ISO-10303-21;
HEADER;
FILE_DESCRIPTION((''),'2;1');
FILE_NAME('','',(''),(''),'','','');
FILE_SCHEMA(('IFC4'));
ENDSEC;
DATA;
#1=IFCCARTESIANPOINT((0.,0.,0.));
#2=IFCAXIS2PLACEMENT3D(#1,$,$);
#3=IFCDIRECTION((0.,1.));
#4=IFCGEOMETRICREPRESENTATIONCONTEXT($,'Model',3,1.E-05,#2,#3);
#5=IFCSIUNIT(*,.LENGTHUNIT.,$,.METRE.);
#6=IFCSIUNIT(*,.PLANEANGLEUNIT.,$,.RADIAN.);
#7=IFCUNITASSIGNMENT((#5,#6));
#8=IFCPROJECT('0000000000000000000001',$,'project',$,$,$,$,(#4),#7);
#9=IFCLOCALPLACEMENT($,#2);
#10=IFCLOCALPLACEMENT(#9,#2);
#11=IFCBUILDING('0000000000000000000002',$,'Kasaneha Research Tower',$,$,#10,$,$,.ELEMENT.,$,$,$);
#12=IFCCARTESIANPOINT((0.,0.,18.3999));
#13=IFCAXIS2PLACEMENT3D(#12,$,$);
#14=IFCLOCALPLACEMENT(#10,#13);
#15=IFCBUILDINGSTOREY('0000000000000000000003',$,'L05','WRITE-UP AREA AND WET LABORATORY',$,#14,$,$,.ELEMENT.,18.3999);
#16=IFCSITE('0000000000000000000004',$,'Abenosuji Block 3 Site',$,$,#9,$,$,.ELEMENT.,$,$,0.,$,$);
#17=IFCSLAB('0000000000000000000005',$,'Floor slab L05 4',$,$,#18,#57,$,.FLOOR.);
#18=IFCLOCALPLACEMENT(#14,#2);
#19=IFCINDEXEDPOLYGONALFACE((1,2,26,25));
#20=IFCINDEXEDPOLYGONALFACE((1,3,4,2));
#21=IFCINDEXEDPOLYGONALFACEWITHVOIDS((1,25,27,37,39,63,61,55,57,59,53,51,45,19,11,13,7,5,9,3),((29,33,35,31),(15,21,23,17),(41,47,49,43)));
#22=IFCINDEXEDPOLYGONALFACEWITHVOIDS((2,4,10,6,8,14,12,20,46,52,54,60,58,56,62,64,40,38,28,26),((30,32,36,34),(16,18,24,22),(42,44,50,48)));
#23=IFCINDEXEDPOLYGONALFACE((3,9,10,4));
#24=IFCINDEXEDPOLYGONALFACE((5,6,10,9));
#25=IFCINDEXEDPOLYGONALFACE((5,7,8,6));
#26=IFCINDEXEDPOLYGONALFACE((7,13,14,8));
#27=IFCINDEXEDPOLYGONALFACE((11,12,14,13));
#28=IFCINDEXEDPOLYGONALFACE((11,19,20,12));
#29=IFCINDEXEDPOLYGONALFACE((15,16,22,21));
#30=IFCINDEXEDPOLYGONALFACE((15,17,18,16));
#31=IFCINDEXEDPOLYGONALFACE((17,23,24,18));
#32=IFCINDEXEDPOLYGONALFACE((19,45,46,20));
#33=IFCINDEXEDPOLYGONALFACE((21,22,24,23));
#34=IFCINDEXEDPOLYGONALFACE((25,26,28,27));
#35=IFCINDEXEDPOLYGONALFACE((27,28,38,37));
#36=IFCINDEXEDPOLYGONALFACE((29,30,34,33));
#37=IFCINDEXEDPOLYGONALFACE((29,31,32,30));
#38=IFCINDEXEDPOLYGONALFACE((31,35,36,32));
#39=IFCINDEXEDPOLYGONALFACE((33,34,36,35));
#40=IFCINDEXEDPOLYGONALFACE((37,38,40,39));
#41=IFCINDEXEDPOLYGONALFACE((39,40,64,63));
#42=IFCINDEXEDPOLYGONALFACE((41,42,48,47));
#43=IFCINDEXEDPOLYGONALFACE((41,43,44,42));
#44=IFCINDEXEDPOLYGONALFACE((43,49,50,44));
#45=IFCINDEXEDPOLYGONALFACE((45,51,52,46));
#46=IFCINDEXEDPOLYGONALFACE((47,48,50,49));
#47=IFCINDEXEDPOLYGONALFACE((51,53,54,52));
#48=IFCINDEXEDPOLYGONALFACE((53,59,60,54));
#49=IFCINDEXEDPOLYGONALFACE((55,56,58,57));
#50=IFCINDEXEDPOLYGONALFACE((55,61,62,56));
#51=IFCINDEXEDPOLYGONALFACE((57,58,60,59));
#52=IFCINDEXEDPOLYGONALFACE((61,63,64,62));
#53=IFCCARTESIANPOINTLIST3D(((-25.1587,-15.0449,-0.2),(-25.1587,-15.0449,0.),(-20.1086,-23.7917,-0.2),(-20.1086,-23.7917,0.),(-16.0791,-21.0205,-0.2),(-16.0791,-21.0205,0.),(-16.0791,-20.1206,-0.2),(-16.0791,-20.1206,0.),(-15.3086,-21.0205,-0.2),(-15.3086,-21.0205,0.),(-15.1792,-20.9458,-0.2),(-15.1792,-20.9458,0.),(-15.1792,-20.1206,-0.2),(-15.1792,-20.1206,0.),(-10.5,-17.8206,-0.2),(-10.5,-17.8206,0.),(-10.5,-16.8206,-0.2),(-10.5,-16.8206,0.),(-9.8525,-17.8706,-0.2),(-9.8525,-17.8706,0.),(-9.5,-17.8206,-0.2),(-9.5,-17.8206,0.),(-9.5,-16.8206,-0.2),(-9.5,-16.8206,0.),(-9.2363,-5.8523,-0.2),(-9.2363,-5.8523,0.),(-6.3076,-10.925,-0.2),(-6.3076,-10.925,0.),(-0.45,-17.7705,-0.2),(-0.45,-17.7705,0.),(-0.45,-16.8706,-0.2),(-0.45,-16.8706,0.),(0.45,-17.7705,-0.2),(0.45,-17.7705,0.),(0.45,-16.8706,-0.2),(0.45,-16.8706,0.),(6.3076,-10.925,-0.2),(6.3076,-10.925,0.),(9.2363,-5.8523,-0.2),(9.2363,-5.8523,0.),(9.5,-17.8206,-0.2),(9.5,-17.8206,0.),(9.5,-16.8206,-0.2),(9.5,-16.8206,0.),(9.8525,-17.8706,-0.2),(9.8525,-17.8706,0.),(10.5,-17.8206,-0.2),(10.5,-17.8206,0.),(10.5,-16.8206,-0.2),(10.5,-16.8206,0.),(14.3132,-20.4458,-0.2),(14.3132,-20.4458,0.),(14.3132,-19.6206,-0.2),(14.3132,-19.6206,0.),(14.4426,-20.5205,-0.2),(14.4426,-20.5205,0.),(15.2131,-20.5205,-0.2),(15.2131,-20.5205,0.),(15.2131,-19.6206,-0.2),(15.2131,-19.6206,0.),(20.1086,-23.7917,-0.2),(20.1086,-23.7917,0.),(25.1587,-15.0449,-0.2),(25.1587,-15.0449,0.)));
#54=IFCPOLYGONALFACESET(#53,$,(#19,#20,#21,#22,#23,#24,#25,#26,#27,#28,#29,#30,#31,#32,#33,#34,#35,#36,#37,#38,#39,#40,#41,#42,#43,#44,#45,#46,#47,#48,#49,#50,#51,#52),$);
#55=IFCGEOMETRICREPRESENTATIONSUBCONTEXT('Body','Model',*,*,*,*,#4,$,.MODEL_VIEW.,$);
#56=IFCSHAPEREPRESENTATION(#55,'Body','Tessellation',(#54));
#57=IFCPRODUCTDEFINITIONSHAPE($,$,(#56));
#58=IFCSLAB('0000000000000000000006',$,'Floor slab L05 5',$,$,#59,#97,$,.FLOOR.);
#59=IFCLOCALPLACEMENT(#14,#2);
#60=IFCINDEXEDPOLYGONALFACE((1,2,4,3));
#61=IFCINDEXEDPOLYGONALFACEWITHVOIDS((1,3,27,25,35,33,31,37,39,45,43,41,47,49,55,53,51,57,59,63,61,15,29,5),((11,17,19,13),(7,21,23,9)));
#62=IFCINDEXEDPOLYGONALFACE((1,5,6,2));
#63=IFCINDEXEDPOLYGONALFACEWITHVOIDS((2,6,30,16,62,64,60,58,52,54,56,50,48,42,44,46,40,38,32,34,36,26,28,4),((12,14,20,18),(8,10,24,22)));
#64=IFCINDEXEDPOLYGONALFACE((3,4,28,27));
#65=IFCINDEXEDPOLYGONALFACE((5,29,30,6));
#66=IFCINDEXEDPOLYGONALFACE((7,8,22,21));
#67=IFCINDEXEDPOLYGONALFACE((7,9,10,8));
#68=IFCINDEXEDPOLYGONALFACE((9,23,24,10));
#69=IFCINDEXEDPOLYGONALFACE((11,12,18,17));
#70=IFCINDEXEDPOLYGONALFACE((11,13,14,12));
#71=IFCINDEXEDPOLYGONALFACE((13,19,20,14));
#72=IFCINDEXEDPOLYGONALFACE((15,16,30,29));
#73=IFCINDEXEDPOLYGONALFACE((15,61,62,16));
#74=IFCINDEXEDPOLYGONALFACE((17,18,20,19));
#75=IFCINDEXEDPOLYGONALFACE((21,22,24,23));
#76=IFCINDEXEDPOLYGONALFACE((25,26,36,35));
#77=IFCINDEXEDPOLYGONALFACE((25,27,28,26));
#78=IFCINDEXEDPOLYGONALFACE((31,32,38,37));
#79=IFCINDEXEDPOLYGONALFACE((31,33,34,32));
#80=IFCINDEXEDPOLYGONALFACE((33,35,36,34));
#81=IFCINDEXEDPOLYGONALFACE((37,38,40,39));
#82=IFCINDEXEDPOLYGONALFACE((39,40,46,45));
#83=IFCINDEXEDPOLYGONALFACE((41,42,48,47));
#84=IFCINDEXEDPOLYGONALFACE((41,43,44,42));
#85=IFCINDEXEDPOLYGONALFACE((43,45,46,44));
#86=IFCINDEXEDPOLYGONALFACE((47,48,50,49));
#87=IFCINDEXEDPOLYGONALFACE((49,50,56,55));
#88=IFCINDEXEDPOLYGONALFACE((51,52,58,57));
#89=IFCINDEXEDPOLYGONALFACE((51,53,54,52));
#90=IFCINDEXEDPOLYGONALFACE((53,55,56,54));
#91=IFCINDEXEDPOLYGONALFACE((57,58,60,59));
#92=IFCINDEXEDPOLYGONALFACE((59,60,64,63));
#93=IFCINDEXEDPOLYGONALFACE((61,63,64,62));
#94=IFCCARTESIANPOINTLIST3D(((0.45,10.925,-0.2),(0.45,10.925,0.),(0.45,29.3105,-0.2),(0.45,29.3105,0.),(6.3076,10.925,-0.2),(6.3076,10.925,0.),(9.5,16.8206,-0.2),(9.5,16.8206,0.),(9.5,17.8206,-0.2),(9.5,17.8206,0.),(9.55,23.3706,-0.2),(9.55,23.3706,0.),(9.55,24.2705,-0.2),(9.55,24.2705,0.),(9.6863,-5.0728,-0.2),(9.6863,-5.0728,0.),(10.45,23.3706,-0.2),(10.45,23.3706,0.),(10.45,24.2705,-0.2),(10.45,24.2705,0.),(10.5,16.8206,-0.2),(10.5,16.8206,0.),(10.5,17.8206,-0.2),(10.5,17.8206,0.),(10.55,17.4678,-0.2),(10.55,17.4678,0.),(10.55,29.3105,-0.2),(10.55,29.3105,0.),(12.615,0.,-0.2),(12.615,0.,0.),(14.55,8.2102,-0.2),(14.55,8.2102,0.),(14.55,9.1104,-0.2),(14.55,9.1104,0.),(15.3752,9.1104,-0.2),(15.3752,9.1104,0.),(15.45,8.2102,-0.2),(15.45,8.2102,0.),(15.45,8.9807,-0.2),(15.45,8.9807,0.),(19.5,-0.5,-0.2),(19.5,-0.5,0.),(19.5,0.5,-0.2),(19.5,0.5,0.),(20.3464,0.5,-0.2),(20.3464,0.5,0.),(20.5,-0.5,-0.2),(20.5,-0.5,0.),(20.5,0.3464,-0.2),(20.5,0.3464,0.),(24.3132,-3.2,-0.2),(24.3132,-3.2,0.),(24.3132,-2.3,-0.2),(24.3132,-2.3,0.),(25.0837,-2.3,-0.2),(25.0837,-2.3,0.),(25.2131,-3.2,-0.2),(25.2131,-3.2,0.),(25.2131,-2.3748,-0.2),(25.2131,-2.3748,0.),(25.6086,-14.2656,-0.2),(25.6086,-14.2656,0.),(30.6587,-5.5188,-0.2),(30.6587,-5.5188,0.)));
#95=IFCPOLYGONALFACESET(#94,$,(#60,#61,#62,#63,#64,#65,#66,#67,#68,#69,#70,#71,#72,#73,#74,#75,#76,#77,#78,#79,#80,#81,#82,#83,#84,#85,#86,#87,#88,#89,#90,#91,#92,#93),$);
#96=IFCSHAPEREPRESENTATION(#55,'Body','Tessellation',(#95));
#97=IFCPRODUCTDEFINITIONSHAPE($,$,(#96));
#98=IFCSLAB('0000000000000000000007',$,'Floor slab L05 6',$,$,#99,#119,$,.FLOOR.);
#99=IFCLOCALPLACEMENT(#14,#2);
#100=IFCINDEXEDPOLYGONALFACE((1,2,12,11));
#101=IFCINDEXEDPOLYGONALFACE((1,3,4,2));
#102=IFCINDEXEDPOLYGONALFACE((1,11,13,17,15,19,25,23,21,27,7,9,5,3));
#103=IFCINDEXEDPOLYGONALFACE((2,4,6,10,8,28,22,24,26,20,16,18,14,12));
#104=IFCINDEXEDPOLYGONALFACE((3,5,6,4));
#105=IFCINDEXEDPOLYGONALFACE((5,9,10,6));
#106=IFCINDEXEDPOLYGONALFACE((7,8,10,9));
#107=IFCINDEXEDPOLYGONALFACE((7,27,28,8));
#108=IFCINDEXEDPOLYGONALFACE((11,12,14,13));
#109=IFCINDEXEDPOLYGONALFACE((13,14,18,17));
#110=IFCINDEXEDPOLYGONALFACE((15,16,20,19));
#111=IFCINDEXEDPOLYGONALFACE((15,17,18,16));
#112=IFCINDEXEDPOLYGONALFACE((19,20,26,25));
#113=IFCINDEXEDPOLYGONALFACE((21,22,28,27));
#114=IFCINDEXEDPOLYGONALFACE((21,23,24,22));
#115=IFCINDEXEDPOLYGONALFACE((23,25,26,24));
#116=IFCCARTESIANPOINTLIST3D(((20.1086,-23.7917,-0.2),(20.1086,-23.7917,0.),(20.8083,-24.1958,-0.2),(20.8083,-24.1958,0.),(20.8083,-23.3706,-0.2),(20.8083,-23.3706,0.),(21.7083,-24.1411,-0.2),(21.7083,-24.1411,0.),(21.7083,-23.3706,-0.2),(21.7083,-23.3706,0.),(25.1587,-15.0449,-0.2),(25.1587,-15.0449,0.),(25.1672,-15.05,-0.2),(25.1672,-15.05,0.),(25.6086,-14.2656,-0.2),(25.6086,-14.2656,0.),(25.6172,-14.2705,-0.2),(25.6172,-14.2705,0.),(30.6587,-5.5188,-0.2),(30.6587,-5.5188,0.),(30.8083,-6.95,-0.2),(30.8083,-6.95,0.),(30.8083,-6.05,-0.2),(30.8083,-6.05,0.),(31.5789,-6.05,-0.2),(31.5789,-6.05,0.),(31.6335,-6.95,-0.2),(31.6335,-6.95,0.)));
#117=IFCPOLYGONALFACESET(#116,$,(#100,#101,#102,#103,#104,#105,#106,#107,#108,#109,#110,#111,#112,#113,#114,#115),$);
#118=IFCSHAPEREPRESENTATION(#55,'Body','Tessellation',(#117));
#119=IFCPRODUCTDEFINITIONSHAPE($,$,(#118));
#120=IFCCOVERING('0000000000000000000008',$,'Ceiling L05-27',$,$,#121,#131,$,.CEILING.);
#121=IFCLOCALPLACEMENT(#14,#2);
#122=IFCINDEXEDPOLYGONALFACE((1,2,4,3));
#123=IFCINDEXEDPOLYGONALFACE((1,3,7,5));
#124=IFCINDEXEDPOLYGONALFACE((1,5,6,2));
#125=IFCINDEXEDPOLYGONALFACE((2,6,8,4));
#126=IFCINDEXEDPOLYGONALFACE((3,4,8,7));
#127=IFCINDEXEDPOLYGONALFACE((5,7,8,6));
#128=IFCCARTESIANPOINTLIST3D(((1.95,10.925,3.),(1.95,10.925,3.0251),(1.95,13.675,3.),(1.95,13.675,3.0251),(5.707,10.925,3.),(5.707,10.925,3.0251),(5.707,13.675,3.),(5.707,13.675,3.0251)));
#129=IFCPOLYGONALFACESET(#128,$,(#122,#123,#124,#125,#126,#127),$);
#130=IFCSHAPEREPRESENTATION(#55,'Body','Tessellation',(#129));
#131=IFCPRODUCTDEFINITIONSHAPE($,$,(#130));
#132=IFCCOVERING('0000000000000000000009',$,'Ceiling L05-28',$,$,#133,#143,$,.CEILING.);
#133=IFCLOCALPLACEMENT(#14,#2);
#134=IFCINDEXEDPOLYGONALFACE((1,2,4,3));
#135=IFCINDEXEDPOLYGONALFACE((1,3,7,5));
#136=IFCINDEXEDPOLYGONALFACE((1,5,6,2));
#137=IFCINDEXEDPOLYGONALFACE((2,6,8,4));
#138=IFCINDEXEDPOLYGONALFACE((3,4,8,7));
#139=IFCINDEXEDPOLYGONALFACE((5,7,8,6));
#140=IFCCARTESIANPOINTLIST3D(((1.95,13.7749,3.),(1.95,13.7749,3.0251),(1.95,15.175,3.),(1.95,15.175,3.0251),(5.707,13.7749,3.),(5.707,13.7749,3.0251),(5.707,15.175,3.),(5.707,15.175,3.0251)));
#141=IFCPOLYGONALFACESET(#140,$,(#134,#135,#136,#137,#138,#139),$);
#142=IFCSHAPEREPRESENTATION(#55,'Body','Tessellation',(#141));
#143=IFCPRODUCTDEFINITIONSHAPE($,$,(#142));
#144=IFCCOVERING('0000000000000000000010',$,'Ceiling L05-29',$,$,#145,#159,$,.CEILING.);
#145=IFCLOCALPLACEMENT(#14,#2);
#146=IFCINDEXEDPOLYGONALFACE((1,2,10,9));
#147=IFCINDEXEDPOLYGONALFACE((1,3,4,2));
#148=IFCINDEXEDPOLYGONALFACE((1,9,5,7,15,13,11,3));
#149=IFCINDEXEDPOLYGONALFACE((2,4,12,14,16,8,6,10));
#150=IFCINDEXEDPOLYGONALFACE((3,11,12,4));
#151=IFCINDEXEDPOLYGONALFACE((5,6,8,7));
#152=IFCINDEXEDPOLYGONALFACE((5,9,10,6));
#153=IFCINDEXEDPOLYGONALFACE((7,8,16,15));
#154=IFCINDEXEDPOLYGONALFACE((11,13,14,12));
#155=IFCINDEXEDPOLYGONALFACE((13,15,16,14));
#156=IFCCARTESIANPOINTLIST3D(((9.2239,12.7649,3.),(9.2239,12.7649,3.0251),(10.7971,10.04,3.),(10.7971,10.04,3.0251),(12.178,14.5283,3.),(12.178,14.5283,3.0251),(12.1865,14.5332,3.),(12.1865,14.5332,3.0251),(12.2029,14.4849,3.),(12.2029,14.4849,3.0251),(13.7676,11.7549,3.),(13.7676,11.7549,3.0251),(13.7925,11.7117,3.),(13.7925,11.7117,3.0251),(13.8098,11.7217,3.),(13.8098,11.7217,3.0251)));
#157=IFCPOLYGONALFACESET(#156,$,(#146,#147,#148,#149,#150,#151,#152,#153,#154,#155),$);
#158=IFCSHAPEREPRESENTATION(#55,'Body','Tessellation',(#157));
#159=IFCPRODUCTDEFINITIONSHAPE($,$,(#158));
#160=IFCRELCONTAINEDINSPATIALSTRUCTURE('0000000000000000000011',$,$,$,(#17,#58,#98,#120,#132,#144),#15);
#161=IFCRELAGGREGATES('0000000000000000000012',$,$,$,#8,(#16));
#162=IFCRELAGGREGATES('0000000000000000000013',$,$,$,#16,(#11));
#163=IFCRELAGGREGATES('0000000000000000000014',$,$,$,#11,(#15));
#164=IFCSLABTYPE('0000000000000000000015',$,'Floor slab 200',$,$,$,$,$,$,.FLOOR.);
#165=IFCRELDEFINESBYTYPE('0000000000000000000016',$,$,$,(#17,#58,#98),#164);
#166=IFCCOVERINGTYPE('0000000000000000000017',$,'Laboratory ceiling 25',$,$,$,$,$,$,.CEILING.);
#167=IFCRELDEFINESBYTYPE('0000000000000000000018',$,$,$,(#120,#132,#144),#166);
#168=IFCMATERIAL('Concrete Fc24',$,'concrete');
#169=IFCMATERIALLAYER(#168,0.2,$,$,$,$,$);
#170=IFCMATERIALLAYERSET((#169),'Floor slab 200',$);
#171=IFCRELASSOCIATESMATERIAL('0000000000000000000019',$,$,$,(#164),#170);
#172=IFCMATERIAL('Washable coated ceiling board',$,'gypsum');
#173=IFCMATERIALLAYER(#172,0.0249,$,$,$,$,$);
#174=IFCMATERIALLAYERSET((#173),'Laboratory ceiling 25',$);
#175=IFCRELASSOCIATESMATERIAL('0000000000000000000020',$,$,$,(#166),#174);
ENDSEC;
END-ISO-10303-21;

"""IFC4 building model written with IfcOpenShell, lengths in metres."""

from ifc_helpers import new_model, si_unit, direction, frame, origin, place, context, subcontext, project, spatial, polyline, outline, extrude, material, layer, layer_set, type_object, element, save


model = new_model("IFC4")

# Units and contexts
model_context = context("Model", 3, precision=1e-05, world=origin(), true_north=direction((0.0, 1.0)))
body_context = subcontext(model_context, "Body", "Model", "MODEL_VIEW")
ifc_project = project(units=[si_unit("LENGTHUNIT", "METRE"), si_unit("PLANEANGLEUNIT", "RADIAN")], contexts=[model_context])

# Site, building, storey
site_placement = place(None, origin())
site = spatial("IfcSite", under=ifc_project, at=site_placement, Name="Abenosuji Block 3 Site", CompositionType="ELEMENT", RefElevation=0.0)
building_placement = place(site_placement, origin())
building = spatial("IfcBuilding", under=site, at=building_placement, Name="Kasaneha Research Tower", CompositionType="ELEMENT")
storey_placement = place(building_placement, frame((0.0, 0.0, 18.3999)))
storey = spatial("IfcBuildingStorey", under=building, at=storey_placement, Name="L05", Description="WRITE-UP AREA AND WET LABORATORY", CompositionType="ELEMENT", Elevation=18.3999)

# Slabs
ifc_material_1 = material(Name="Concrete Fc24", Category="concrete")
ifc_layer_1 = layer(ifc_material_1, 0.2)
ifc_layer_set_1 = layer_set([ifc_layer_1], Name="Floor slab 200")
slab_type_1 = type_object("IfcSlabType", Name="Floor slab 200", PredefinedType="FLOOR", material=ifc_layer_set_1)
slab_1_placement = place(storey_placement, frame((0.0, 0.0, -0.2)))
element("IfcSlab", 1, at=slab_1_placement, inside=storey, type_object=slab_type_1, Name="Floor slab L05 4", PredefinedType="FLOOR", context=body_context, shape_type="SweptSolid", body=[
    extrude(outline(polyline([(-6.3076, -10.925), (6.3076, -10.925), (9.2363, -5.8523), (25.1587, -15.0449), (20.1086, -23.7917), (14.4426, -20.5205), (15.2131, -20.5205), (15.2131, -19.6206), (14.3132, -19.6206), (14.3132, -20.4458), (9.8525, -17.8706), (-9.8525, -17.8706), (-15.1792, -20.9458), (-15.1792, -20.1206), (-16.0791, -20.1206), (-16.0791, -21.0205), (-15.3086, -21.0205), (-20.1086, -23.7917), (-25.1587, -15.0449), (-9.2363, -5.8523), (-6.3076, -10.925)]), holes=[polyline([(-0.45, -17.7705), (0.45, -17.7705), (0.45, -16.8706), (-0.45, -16.8706), (-0.45, -17.7705)]), polyline([(-9.5, -17.8206), (-9.5, -16.8206), (-10.5, -16.8206), (-10.5, -17.8206), (-9.5, -17.8206)]), polyline([(10.5, -17.8206), (10.5, -16.8206), (9.5, -16.8206), (9.5, -17.8206), (10.5, -17.8206)])]), origin(), (0.0, 0.0, 1.0), 0.2),
])
slab_2_placement = place(storey_placement, frame((0.0, 0.0, -0.2)))
element("IfcSlab", 2, at=slab_2_placement, inside=storey, type_object=slab_type_1, Name="Floor slab L05 5", PredefinedType="FLOOR", context=body_context, shape_type="SweptSolid", body=[
    extrude(outline(polyline([(9.6863, -5.0728), (12.615, 0.0), (6.3076, 10.925), (0.45, 10.925), (0.45, 29.3105), (10.55, 29.3105), (10.55, 17.4678), (15.3752, 9.1104), (14.55, 9.1104), (14.55, 8.2102), (15.45, 8.2102), (15.45, 8.9807), (20.3464, 0.5), (19.5, 0.5), (19.5, -0.5), (20.5, -0.5), (20.5, 0.3464), (25.0837, -2.3), (24.3132, -2.3), (24.3132, -3.2), (25.2131, -3.2), (25.2131, -2.3748), (30.6587, -5.5188), (25.6086, -14.2656), (9.6863, -5.0728)]), holes=[polyline([(9.5, 16.8206), (10.5, 16.8206), (10.5, 17.8206), (9.5, 17.8206), (9.5, 16.8206)]), polyline([(9.55, 23.3706), (10.45, 23.3706), (10.45, 24.2705), (9.55, 24.2705), (9.55, 23.3706)])]), origin(), (0.0, 0.0, 1.0), 0.2),
])
slab_3_placement = place(storey_placement, frame((0.0, 0.0, -0.2)))
element("IfcSlab", 3, at=slab_3_placement, inside=storey, type_object=slab_type_1, Name="Floor slab L05 6", PredefinedType="FLOOR", context=body_context, shape_type="SweptSolid", body=[
    extrude(outline(polyline([(25.1672, -15.05), (25.6172, -14.2705), (25.6086, -14.2656), (30.6587, -5.5188), (31.5789, -6.05), (30.8083, -6.05), (30.8083, -6.95), (31.6335, -6.95), (21.7083, -24.1411), (21.7083, -23.3706), (20.8083, -23.3706), (20.8083, -24.1958), (20.1086, -23.7917), (25.1587, -15.0449), (25.1672, -15.05)])), origin(), (0.0, 0.0, 1.0), 0.2),
])

# Coverings
ifc_material_2 = material(Name="Washable coated ceiling board", Category="gypsum")
ifc_layer_2 = layer(ifc_material_2, 0.0249)
ifc_layer_set_2 = layer_set([ifc_layer_2], Name="Laboratory ceiling 25")
covering_type_1 = type_object("IfcCoveringType", Name="Laboratory ceiling 25", PredefinedType="CEILING", material=ifc_layer_set_2)
covering_1_placement = place(storey_placement, frame((0.0, 0.0, 3.0)))
element("IfcCovering", 4, at=covering_1_placement, inside=storey, type_object=covering_type_1, Name="Ceiling L05-27", PredefinedType="CEILING", context=body_context, shape_type="SweptSolid", body=[
    extrude(outline(polyline([(1.95, 10.925), (1.95, 13.675), (5.707, 13.675), (5.707, 10.925), (1.95, 10.925)])), origin(), (0.0, 0.0, 1.0), 0.0251),
])
covering_2_placement = place(storey_placement, frame((0.0, 0.0, 3.0)))
element("IfcCovering", 5, at=covering_2_placement, inside=storey, type_object=covering_type_1, Name="Ceiling L05-28", PredefinedType="CEILING", context=body_context, shape_type="SweptSolid", body=[
    extrude(outline(polyline([(5.707, 13.7749), (1.95, 13.7749), (1.95, 15.175), (5.707, 15.175), (5.707, 13.7749)])), origin(), (0.0, 0.0, 1.0), 0.0251),
])
covering_3_placement = place(storey_placement, frame((0.0, 0.0, 3.0)))
element("IfcCovering", 6, at=covering_3_placement, inside=storey, type_object=covering_type_1, Name="Ceiling L05-29", PredefinedType="CEILING", context=body_context, shape_type="SweptSolid", body=[
    extrude(outline(polyline([(13.8098, 11.7217), (13.7925, 11.7117), (13.7676, 11.7549), (10.7971, 10.04), (9.2239, 12.7649), (12.2029, 14.4849), (12.178, 14.5283), (12.1865, 14.5332), (13.8098, 11.7217)])), origin(), (0.0, 0.0, 1.0), 0.0251),
])

save(model, "model.ifc")
